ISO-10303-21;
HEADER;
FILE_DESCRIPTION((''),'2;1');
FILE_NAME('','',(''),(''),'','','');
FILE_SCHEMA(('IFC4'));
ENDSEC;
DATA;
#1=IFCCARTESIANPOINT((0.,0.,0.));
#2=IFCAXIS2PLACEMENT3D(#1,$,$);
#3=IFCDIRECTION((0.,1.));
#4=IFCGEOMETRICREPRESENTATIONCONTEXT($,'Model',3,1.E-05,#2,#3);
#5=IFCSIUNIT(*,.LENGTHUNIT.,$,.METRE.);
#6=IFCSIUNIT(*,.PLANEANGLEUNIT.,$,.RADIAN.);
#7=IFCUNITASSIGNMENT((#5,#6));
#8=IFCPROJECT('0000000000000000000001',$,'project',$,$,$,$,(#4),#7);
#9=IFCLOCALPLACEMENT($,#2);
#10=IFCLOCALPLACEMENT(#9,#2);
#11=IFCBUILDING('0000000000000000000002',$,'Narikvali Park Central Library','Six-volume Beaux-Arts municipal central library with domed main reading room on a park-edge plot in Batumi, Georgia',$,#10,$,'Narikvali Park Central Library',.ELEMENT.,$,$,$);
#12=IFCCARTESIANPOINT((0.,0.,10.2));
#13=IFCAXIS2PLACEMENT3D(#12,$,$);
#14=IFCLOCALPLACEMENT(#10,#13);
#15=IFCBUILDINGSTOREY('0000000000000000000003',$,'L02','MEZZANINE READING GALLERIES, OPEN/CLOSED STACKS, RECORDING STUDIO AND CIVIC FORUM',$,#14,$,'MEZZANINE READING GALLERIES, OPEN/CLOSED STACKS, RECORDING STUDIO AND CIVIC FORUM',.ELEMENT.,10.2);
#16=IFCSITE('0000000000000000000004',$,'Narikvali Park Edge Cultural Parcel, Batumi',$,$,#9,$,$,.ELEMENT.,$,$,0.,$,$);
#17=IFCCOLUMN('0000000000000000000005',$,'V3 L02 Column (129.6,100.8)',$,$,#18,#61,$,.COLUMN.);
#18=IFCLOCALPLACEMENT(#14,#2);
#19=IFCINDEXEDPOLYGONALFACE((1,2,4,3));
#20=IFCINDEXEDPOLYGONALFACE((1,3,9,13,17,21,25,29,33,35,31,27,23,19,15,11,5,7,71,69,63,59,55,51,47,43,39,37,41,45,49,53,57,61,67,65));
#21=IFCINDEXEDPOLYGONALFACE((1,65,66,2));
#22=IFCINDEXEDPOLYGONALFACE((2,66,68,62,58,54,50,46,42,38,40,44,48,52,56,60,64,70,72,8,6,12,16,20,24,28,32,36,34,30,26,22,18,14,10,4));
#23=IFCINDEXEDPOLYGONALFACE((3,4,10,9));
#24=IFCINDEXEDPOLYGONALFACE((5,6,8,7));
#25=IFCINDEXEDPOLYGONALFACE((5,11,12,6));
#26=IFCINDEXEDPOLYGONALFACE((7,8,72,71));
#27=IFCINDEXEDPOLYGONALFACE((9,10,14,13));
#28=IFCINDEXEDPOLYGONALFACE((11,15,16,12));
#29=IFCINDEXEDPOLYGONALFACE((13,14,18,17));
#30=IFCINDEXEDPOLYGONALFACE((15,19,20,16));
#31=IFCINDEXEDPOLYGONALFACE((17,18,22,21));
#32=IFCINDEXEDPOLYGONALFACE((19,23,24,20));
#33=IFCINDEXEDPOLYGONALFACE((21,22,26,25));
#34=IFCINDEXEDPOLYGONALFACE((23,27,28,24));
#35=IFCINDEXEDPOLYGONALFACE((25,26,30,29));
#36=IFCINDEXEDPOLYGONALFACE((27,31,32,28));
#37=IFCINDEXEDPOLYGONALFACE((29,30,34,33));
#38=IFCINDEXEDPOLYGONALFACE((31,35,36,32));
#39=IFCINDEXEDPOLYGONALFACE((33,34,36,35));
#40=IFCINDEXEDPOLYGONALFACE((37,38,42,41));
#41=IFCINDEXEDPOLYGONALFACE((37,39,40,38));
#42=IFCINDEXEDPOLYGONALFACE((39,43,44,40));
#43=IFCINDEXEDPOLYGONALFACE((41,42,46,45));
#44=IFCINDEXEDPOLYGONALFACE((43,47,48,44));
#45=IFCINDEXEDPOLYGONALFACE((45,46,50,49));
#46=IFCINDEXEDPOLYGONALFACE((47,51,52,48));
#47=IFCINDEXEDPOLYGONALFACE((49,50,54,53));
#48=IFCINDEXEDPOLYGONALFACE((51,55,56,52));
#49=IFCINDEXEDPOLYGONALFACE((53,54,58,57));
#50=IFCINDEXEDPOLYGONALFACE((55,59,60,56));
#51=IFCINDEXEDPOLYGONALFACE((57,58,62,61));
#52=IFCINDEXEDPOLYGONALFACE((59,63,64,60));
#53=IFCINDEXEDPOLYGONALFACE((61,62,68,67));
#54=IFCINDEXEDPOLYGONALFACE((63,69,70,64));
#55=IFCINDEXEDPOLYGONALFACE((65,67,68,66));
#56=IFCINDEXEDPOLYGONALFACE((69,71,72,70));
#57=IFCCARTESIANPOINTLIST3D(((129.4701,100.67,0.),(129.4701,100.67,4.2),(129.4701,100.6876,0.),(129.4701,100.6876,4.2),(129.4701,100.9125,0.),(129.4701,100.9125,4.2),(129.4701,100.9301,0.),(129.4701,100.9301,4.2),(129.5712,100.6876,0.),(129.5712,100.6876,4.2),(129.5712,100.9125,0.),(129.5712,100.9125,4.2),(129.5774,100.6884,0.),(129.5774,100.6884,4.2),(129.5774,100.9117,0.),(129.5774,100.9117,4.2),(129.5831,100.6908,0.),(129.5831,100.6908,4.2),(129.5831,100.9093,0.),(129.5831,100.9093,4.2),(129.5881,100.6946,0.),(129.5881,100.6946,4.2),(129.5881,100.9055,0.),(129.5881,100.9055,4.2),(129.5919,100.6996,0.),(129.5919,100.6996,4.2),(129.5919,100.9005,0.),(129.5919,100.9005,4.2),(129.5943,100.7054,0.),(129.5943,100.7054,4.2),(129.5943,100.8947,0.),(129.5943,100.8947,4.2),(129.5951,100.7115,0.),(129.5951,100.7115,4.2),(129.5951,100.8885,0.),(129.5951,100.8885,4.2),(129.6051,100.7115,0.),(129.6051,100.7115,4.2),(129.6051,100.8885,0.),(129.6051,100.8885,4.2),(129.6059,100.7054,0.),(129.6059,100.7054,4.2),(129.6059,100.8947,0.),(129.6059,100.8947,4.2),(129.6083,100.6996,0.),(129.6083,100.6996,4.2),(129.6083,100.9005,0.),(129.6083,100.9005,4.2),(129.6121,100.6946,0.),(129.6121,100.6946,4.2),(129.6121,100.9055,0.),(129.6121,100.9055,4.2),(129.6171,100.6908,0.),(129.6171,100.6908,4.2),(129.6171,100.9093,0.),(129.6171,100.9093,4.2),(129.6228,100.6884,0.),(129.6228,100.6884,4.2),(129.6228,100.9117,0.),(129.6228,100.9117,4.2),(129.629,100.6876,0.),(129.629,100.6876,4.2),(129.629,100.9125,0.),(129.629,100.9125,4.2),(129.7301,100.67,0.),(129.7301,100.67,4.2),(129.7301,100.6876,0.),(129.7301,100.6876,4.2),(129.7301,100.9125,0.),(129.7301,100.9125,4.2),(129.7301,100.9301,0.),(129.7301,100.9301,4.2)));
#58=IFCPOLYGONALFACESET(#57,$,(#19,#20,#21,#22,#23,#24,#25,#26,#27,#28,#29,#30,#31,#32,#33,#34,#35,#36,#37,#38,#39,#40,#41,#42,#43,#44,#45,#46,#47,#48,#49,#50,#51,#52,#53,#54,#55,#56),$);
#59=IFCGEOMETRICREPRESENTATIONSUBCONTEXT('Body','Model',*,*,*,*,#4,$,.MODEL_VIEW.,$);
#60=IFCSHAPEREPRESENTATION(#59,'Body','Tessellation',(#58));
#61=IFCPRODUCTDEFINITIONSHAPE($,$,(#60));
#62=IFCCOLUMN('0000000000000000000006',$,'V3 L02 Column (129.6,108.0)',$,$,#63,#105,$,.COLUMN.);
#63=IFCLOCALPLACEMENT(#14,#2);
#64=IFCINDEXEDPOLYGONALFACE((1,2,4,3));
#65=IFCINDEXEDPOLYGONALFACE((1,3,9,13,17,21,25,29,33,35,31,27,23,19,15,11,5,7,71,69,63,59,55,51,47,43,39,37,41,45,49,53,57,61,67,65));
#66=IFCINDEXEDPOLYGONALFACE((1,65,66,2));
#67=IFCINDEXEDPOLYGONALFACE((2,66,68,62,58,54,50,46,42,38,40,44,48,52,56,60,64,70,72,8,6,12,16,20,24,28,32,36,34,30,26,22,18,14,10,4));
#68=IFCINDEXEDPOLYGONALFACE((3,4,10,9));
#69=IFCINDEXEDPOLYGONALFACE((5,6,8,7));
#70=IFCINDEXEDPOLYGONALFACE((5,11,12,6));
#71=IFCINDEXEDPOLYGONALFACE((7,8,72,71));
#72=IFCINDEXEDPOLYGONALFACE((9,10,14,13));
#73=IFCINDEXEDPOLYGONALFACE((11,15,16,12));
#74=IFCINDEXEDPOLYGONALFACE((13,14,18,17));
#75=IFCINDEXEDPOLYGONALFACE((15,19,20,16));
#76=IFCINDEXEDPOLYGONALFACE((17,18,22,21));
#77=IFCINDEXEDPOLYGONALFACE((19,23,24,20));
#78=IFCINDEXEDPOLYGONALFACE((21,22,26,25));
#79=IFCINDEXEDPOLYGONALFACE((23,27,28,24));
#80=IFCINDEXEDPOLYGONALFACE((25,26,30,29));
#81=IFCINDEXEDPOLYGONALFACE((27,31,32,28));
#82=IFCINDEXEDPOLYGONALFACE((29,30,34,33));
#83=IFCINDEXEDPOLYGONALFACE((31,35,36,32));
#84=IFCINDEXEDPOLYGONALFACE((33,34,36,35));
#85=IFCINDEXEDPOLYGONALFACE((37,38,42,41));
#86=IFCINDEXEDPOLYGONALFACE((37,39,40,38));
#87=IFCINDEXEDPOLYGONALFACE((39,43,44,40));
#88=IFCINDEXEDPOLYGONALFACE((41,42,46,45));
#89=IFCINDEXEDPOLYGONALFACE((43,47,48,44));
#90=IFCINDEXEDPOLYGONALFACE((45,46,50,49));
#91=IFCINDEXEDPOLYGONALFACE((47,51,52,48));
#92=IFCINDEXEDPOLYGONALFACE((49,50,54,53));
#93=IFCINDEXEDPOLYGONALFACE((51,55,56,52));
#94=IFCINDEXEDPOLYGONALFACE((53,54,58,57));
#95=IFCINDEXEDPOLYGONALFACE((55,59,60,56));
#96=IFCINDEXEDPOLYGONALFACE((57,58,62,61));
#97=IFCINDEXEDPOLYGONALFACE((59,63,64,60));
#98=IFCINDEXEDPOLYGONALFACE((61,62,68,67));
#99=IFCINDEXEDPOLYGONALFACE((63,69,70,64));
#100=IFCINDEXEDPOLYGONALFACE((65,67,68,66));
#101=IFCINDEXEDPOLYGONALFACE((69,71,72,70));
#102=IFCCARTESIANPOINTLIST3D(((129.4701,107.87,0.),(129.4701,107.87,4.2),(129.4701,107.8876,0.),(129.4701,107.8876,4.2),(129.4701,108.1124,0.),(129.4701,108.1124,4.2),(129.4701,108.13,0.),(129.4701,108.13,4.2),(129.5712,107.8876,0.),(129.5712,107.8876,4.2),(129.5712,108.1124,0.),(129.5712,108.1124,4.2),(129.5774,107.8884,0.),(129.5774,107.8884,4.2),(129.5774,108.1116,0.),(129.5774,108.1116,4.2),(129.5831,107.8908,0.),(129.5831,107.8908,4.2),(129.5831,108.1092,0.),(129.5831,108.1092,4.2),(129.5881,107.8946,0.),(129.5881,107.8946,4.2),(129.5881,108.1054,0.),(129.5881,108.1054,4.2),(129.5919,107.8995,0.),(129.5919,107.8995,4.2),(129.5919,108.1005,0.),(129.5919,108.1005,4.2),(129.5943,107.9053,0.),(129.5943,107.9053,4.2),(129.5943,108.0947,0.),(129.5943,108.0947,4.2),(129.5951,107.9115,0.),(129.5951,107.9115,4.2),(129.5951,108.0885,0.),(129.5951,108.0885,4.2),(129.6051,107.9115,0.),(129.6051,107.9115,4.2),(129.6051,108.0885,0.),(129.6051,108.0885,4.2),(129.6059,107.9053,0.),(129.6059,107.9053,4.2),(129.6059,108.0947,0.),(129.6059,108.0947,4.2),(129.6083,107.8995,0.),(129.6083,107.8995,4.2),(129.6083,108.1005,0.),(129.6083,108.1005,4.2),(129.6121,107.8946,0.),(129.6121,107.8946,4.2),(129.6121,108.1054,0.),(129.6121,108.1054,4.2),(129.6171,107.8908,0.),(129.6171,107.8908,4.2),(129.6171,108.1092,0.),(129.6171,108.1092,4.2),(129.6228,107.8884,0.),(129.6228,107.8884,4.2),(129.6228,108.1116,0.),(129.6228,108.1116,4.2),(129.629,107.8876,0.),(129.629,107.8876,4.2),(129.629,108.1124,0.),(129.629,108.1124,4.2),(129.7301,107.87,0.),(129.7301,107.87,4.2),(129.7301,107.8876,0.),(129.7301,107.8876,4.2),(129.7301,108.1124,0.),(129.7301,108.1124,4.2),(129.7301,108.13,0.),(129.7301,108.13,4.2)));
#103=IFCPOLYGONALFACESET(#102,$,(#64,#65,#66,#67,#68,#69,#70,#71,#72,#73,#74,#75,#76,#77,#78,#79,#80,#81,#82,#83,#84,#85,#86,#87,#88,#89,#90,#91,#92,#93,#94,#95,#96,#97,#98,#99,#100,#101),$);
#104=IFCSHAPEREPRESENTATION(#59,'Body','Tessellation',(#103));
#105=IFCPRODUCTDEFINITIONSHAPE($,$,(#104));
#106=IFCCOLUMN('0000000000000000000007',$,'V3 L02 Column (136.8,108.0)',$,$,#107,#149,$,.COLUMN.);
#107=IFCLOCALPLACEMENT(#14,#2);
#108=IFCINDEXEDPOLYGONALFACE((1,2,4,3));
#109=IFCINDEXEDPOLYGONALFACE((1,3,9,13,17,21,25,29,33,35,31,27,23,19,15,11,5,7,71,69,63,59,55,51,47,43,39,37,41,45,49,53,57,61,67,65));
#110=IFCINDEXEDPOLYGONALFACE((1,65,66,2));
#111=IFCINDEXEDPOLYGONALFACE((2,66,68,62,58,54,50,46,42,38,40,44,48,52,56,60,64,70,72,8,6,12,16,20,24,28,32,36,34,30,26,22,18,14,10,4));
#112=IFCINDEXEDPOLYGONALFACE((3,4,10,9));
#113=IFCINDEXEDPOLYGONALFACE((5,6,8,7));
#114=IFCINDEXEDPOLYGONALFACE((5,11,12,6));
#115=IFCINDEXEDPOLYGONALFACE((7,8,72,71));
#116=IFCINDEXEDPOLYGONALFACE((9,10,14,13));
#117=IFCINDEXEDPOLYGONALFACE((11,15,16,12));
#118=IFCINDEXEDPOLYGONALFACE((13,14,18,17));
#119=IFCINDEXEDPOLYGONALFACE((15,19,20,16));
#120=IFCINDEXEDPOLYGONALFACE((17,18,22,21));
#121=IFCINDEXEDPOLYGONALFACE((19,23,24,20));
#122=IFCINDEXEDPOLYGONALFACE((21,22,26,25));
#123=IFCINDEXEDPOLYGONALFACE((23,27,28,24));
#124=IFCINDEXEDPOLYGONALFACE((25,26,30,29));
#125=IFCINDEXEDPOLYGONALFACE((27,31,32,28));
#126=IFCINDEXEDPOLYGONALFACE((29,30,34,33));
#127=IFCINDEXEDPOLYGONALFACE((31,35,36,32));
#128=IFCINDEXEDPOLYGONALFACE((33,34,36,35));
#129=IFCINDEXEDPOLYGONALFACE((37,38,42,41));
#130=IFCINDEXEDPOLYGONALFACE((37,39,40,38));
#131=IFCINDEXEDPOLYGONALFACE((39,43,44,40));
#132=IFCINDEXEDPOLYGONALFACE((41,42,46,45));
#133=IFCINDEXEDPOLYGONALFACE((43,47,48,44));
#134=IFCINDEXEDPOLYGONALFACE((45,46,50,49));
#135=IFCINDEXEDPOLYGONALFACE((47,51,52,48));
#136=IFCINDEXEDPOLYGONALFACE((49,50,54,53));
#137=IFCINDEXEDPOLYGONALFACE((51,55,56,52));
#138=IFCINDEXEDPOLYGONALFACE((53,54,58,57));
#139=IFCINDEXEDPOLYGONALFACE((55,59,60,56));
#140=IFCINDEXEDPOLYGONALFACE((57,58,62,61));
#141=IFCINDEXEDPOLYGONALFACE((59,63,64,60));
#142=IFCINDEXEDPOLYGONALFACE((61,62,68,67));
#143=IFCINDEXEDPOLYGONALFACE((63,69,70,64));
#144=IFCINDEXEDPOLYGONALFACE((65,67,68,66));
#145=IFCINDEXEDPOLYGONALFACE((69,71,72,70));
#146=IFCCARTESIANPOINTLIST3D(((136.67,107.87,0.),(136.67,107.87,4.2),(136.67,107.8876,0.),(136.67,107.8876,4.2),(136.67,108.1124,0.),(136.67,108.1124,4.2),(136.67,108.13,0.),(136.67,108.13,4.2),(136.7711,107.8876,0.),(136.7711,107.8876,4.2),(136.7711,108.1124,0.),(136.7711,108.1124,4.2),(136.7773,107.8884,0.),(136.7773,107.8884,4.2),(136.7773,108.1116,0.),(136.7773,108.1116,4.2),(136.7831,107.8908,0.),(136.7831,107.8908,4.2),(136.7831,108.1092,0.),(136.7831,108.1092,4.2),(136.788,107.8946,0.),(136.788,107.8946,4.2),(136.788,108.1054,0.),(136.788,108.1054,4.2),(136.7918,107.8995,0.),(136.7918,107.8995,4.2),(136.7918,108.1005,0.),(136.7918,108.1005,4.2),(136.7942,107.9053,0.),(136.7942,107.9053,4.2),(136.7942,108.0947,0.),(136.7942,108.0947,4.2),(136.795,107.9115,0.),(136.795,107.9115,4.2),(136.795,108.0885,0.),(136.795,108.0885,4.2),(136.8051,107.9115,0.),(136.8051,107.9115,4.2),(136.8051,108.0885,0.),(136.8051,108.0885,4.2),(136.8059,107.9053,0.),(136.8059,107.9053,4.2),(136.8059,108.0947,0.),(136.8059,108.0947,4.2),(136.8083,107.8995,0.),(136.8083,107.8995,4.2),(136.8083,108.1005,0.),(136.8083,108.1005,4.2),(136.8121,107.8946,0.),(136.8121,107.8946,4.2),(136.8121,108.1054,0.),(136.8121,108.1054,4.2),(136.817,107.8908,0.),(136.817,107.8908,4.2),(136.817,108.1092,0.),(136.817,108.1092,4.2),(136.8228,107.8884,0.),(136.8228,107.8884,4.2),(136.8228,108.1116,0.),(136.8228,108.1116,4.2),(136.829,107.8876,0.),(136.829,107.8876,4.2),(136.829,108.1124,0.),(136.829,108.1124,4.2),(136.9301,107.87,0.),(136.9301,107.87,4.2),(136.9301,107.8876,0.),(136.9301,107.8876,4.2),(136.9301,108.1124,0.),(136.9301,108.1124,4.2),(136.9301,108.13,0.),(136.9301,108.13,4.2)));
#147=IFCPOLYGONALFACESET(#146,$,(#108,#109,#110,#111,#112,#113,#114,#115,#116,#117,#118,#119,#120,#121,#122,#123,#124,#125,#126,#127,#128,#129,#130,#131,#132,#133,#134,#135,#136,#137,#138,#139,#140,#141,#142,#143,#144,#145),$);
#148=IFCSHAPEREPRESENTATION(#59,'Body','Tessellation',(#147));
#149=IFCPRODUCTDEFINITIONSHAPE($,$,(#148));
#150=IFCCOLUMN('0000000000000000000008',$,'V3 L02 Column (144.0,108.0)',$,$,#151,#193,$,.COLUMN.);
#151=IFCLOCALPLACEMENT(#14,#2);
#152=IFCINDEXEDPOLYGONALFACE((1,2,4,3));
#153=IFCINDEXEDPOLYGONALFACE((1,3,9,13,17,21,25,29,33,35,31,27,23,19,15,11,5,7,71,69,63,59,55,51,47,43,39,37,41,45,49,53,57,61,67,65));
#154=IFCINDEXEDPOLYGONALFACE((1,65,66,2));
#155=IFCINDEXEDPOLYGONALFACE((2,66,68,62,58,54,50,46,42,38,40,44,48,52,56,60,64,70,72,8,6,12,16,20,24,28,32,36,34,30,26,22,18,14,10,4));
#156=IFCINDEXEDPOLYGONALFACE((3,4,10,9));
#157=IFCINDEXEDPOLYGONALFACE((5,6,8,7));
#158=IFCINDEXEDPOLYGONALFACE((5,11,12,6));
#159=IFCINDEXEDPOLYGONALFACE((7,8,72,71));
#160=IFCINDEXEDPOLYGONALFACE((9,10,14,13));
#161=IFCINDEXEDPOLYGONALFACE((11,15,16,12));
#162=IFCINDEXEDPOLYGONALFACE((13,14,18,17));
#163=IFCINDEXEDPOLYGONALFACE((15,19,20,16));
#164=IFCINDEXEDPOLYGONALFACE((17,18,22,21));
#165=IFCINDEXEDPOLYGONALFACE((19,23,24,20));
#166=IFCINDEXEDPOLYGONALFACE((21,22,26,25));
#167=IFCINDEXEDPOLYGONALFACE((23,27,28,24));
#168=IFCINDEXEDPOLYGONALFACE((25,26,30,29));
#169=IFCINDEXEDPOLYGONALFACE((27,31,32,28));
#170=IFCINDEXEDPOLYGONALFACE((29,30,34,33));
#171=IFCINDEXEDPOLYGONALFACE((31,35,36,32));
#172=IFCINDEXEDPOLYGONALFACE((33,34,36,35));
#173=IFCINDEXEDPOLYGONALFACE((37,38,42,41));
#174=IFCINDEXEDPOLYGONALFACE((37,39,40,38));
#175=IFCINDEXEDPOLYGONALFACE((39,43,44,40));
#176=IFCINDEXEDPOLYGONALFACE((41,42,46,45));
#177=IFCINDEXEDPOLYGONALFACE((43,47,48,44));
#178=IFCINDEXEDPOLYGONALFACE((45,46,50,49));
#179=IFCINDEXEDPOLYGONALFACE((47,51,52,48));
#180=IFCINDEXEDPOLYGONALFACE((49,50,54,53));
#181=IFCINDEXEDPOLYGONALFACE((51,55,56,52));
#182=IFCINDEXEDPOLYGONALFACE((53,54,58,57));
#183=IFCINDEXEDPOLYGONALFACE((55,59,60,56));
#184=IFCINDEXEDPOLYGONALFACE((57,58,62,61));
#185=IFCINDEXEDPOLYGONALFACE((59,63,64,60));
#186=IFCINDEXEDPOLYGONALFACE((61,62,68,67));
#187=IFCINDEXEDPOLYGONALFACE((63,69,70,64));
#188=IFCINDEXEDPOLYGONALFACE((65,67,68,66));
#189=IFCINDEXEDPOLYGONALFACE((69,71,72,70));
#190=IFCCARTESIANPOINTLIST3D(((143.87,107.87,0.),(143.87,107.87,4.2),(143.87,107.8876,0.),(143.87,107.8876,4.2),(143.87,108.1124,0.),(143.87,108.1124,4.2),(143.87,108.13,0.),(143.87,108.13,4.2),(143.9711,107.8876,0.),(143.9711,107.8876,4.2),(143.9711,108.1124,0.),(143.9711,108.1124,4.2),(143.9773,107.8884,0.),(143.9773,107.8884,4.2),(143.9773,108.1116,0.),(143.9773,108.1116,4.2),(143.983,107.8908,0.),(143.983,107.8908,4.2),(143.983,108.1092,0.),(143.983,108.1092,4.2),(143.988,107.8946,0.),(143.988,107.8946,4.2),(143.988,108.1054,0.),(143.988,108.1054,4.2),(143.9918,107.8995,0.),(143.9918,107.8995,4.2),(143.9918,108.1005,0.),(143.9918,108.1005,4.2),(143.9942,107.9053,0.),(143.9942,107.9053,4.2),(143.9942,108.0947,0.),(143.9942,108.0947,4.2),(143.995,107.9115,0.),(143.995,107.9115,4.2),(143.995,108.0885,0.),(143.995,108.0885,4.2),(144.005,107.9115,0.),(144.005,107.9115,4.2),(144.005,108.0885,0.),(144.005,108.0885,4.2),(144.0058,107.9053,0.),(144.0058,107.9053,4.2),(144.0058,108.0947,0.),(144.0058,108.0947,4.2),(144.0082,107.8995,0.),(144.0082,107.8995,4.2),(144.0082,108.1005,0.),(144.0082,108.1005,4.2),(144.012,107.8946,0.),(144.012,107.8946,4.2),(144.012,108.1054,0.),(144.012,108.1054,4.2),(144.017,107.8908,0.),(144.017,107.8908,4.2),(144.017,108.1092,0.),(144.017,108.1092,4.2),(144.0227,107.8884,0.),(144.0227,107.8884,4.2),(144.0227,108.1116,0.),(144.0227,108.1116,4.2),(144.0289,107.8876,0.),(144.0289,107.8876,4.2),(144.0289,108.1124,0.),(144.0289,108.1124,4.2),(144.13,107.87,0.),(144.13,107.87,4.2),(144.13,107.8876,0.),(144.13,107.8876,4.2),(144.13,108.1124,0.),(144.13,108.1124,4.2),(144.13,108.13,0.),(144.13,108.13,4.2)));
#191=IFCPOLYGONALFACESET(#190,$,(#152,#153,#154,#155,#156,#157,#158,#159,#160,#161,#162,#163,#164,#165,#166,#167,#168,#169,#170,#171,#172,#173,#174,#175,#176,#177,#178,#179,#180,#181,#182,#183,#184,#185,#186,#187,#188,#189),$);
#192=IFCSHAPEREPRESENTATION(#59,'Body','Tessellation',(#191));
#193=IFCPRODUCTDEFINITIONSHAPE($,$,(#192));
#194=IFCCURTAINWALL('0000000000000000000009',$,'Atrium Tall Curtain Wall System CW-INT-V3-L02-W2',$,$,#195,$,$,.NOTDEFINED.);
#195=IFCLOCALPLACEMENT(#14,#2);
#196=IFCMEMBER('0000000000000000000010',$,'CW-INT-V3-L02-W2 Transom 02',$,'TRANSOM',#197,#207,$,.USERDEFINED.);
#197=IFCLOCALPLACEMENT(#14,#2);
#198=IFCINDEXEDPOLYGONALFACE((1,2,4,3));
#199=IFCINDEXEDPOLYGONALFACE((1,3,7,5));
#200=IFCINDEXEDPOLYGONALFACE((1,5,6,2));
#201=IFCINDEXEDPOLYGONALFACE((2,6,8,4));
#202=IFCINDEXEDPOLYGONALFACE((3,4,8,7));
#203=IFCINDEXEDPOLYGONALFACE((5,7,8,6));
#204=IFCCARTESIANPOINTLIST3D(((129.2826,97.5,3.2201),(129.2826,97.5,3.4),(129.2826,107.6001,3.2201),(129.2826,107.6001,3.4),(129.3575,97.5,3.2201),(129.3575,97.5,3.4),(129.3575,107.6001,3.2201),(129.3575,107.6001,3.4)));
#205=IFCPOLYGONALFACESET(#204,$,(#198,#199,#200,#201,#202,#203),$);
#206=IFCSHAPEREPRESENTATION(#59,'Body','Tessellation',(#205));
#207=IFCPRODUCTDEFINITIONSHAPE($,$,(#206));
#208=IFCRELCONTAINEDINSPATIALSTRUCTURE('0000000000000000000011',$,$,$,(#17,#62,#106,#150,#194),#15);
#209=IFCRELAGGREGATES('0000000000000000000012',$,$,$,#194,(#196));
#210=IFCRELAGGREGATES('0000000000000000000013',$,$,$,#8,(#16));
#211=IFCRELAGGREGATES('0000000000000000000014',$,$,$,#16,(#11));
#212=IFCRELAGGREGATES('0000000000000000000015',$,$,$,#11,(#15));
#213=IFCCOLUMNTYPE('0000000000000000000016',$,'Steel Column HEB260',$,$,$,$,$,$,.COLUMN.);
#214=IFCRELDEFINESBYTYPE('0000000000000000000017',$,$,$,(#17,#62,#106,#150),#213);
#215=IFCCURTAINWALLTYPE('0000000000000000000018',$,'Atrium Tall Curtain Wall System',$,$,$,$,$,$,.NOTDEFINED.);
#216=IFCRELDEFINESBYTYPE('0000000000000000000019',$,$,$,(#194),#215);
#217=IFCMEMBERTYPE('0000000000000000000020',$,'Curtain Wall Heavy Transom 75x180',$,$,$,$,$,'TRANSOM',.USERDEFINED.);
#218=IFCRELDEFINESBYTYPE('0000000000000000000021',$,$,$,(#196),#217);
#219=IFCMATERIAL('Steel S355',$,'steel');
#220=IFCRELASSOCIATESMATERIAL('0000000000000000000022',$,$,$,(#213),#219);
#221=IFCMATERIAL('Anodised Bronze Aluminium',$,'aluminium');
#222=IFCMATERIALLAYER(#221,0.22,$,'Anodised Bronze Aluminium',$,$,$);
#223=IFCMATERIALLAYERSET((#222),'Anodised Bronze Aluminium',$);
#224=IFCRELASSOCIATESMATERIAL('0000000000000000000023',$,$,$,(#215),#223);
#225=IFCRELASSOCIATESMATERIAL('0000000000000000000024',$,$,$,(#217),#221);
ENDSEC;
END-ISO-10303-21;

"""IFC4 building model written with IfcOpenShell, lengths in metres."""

from ifc_helpers import new_model, si_unit, direction, frame, origin, origin_2d, place, context, subcontext, project, spatial, rectangle, i_section, extrude, material, layer, layer_set, material_profile, profile_set, type_object, element, aggregate, save


model = new_model("IFC4")

# Units and contexts
model_context = context("Model", 3, precision=1e-05, world=origin(), true_north=direction((0.0, 1.0)))
body_context = subcontext(model_context, "Body", "Model", "MODEL_VIEW")
ifc_project = project(units=[si_unit("LENGTHUNIT", "METRE"), si_unit("PLANEANGLEUNIT", "RADIAN")], contexts=[model_context])

# Site, building, storey
site_placement = place(None, origin())
site = spatial("IfcSite", under=ifc_project, at=site_placement, Name="Narikvali Park Edge Cultural Parcel, Batumi", CompositionType="ELEMENT", RefElevation=0.0)
building_placement = place(site_placement, origin())
building = spatial("IfcBuilding", under=site, at=building_placement, Name="Narikvali Park Central Library", Description="Six-volume Beaux-Arts municipal central library with domed main reading room on a park-edge plot in Batumi, Georgia", LongName="Narikvali Park Central Library", CompositionType="ELEMENT")
storey_placement = place(building_placement, frame((0.0, 0.0, 10.2)))
storey = spatial("IfcBuildingStorey", under=building, at=storey_placement, Name="L02", Description="MEZZANINE READING GALLERIES, OPEN/CLOSED STACKS, RECORDING STUDIO AND CIVIC FORUM", LongName="MEZZANINE READING GALLERIES, OPEN/CLOSED STACKS, RECORDING STUDIO AND CIVIC FORUM", CompositionType="ELEMENT", Elevation=10.2)

# Columns
ifc_material_1 = material(Name="Steel S355", Category="steel")
ifc_material_profile_1 = material_profile(ifc_material_1, i_section(OverallWidth=0.26, OverallDepth=0.26, WebThickness=0.01, FlangeThickness=0.0176, FilletRadius=0.0239, at=origin_2d()), Name="HEB 260")
ifc_profile_set_1 = profile_set([ifc_material_profile_1], Name="Steel S355")
column_type = type_object("IfcColumnType", Name="Steel Column HEB260", PredefinedType="COLUMN", material=ifc_profile_set_1)
for number, where, z_axis, x_axis, name in (
    (1, (129.6001, 100.8, 0.0), (0.0, 0.0, 1.0), (1.0, 0.0, 0.0), "V3 L02 Column (129.6,100.8)"),
    (2, (129.6001, 108.0, 0.0), (0.0, 0.0, 1.0), (1.0, 0.0, 0.0), "V3 L02 Column (129.6,108.0)"),
    (3, (136.8, 108.0, 0.0), (0.0, 0.0, 1.0), (1.0, 0.0, 0.0), "V3 L02 Column (136.8,108.0)"),
    (4, (144.0, 108.0, 0.0), (0.0, 0.0, 1.0), (1.0, 0.0, 0.0), "V3 L02 Column (144.0,108.0)"),
):
    element("IfcColumn", number, at=place(storey_placement, frame(where, z_axis=z_axis, x_axis=x_axis)), inside=storey, type_object=column_type, Name=name, PredefinedType="COLUMN", context=body_context, shape_type="SweptSolid", body=[
        extrude(i_section(OverallWidth=0.26, OverallDepth=0.26, WebThickness=0.01, FlangeThickness=0.0176, FilletRadius=0.0239, at=origin_2d()), origin(), (0.0, 0.0, 1.0), 4.2),
    ])

# Curtain wall, member
ifc_material_2 = material(Name="Anodised Bronze Aluminium", Category="aluminium")
ifc_layer_1 = layer(ifc_material_2, 0.22, Name="Anodised Bronze Aluminium")
ifc_layer_set_1 = layer_set([ifc_layer_1], Name="Anodised Bronze Aluminium")
curtain_wall_type = type_object("IfcCurtainWallType", Name="Atrium Tall Curtain Wall System", PredefinedType="NOTDEFINED", material=ifc_layer_set_1)
curtain_wall_1_placement = place(storey_placement, origin())
curtain_wall_1 = element("IfcCurtainWall", 5, at=curtain_wall_1_placement, inside=storey, type_object=curtain_wall_type, Name="Atrium Tall Curtain Wall System CW-INT-V3-L02-W2", PredefinedType="NOTDEFINED")
ifc_material_profile_2 = material_profile(ifc_material_2, rectangle(XDim=0.075, YDim=0.1799, at=origin_2d()), Name="CW TRANSOM 75x180")
ifc_profile_set_2 = profile_set([ifc_material_profile_2], Name="Anodised Bronze Aluminium")
member_type_1 = type_object("IfcMemberType", Name="Curtain Wall Heavy Transom 75x180", ElementType="TRANSOM", PredefinedType="USERDEFINED", material=ifc_profile_set_2)
member_1_placement = place(storey_placement, frame((129.3201, 97.5, 3.3101), z_axis=(0.0, 1.0, 0.0), x_axis=(-1.0, 0.0, 0.0)))
member_1 = element("IfcMember", 6, at=member_1_placement, type_object=member_type_1, Name="CW-INT-V3-L02-W2 Transom 02", ObjectType="TRANSOM", PredefinedType="USERDEFINED", context=body_context, shape_type="SweptSolid", body=[
    extrude(rectangle(XDim=0.075, YDim=0.1799, at=origin_2d()), origin(), (0.0, 0.0, 1.0), 10.1001),
])

aggregate(curtain_wall_1, [member_1])

save(model, "model.ifc")
